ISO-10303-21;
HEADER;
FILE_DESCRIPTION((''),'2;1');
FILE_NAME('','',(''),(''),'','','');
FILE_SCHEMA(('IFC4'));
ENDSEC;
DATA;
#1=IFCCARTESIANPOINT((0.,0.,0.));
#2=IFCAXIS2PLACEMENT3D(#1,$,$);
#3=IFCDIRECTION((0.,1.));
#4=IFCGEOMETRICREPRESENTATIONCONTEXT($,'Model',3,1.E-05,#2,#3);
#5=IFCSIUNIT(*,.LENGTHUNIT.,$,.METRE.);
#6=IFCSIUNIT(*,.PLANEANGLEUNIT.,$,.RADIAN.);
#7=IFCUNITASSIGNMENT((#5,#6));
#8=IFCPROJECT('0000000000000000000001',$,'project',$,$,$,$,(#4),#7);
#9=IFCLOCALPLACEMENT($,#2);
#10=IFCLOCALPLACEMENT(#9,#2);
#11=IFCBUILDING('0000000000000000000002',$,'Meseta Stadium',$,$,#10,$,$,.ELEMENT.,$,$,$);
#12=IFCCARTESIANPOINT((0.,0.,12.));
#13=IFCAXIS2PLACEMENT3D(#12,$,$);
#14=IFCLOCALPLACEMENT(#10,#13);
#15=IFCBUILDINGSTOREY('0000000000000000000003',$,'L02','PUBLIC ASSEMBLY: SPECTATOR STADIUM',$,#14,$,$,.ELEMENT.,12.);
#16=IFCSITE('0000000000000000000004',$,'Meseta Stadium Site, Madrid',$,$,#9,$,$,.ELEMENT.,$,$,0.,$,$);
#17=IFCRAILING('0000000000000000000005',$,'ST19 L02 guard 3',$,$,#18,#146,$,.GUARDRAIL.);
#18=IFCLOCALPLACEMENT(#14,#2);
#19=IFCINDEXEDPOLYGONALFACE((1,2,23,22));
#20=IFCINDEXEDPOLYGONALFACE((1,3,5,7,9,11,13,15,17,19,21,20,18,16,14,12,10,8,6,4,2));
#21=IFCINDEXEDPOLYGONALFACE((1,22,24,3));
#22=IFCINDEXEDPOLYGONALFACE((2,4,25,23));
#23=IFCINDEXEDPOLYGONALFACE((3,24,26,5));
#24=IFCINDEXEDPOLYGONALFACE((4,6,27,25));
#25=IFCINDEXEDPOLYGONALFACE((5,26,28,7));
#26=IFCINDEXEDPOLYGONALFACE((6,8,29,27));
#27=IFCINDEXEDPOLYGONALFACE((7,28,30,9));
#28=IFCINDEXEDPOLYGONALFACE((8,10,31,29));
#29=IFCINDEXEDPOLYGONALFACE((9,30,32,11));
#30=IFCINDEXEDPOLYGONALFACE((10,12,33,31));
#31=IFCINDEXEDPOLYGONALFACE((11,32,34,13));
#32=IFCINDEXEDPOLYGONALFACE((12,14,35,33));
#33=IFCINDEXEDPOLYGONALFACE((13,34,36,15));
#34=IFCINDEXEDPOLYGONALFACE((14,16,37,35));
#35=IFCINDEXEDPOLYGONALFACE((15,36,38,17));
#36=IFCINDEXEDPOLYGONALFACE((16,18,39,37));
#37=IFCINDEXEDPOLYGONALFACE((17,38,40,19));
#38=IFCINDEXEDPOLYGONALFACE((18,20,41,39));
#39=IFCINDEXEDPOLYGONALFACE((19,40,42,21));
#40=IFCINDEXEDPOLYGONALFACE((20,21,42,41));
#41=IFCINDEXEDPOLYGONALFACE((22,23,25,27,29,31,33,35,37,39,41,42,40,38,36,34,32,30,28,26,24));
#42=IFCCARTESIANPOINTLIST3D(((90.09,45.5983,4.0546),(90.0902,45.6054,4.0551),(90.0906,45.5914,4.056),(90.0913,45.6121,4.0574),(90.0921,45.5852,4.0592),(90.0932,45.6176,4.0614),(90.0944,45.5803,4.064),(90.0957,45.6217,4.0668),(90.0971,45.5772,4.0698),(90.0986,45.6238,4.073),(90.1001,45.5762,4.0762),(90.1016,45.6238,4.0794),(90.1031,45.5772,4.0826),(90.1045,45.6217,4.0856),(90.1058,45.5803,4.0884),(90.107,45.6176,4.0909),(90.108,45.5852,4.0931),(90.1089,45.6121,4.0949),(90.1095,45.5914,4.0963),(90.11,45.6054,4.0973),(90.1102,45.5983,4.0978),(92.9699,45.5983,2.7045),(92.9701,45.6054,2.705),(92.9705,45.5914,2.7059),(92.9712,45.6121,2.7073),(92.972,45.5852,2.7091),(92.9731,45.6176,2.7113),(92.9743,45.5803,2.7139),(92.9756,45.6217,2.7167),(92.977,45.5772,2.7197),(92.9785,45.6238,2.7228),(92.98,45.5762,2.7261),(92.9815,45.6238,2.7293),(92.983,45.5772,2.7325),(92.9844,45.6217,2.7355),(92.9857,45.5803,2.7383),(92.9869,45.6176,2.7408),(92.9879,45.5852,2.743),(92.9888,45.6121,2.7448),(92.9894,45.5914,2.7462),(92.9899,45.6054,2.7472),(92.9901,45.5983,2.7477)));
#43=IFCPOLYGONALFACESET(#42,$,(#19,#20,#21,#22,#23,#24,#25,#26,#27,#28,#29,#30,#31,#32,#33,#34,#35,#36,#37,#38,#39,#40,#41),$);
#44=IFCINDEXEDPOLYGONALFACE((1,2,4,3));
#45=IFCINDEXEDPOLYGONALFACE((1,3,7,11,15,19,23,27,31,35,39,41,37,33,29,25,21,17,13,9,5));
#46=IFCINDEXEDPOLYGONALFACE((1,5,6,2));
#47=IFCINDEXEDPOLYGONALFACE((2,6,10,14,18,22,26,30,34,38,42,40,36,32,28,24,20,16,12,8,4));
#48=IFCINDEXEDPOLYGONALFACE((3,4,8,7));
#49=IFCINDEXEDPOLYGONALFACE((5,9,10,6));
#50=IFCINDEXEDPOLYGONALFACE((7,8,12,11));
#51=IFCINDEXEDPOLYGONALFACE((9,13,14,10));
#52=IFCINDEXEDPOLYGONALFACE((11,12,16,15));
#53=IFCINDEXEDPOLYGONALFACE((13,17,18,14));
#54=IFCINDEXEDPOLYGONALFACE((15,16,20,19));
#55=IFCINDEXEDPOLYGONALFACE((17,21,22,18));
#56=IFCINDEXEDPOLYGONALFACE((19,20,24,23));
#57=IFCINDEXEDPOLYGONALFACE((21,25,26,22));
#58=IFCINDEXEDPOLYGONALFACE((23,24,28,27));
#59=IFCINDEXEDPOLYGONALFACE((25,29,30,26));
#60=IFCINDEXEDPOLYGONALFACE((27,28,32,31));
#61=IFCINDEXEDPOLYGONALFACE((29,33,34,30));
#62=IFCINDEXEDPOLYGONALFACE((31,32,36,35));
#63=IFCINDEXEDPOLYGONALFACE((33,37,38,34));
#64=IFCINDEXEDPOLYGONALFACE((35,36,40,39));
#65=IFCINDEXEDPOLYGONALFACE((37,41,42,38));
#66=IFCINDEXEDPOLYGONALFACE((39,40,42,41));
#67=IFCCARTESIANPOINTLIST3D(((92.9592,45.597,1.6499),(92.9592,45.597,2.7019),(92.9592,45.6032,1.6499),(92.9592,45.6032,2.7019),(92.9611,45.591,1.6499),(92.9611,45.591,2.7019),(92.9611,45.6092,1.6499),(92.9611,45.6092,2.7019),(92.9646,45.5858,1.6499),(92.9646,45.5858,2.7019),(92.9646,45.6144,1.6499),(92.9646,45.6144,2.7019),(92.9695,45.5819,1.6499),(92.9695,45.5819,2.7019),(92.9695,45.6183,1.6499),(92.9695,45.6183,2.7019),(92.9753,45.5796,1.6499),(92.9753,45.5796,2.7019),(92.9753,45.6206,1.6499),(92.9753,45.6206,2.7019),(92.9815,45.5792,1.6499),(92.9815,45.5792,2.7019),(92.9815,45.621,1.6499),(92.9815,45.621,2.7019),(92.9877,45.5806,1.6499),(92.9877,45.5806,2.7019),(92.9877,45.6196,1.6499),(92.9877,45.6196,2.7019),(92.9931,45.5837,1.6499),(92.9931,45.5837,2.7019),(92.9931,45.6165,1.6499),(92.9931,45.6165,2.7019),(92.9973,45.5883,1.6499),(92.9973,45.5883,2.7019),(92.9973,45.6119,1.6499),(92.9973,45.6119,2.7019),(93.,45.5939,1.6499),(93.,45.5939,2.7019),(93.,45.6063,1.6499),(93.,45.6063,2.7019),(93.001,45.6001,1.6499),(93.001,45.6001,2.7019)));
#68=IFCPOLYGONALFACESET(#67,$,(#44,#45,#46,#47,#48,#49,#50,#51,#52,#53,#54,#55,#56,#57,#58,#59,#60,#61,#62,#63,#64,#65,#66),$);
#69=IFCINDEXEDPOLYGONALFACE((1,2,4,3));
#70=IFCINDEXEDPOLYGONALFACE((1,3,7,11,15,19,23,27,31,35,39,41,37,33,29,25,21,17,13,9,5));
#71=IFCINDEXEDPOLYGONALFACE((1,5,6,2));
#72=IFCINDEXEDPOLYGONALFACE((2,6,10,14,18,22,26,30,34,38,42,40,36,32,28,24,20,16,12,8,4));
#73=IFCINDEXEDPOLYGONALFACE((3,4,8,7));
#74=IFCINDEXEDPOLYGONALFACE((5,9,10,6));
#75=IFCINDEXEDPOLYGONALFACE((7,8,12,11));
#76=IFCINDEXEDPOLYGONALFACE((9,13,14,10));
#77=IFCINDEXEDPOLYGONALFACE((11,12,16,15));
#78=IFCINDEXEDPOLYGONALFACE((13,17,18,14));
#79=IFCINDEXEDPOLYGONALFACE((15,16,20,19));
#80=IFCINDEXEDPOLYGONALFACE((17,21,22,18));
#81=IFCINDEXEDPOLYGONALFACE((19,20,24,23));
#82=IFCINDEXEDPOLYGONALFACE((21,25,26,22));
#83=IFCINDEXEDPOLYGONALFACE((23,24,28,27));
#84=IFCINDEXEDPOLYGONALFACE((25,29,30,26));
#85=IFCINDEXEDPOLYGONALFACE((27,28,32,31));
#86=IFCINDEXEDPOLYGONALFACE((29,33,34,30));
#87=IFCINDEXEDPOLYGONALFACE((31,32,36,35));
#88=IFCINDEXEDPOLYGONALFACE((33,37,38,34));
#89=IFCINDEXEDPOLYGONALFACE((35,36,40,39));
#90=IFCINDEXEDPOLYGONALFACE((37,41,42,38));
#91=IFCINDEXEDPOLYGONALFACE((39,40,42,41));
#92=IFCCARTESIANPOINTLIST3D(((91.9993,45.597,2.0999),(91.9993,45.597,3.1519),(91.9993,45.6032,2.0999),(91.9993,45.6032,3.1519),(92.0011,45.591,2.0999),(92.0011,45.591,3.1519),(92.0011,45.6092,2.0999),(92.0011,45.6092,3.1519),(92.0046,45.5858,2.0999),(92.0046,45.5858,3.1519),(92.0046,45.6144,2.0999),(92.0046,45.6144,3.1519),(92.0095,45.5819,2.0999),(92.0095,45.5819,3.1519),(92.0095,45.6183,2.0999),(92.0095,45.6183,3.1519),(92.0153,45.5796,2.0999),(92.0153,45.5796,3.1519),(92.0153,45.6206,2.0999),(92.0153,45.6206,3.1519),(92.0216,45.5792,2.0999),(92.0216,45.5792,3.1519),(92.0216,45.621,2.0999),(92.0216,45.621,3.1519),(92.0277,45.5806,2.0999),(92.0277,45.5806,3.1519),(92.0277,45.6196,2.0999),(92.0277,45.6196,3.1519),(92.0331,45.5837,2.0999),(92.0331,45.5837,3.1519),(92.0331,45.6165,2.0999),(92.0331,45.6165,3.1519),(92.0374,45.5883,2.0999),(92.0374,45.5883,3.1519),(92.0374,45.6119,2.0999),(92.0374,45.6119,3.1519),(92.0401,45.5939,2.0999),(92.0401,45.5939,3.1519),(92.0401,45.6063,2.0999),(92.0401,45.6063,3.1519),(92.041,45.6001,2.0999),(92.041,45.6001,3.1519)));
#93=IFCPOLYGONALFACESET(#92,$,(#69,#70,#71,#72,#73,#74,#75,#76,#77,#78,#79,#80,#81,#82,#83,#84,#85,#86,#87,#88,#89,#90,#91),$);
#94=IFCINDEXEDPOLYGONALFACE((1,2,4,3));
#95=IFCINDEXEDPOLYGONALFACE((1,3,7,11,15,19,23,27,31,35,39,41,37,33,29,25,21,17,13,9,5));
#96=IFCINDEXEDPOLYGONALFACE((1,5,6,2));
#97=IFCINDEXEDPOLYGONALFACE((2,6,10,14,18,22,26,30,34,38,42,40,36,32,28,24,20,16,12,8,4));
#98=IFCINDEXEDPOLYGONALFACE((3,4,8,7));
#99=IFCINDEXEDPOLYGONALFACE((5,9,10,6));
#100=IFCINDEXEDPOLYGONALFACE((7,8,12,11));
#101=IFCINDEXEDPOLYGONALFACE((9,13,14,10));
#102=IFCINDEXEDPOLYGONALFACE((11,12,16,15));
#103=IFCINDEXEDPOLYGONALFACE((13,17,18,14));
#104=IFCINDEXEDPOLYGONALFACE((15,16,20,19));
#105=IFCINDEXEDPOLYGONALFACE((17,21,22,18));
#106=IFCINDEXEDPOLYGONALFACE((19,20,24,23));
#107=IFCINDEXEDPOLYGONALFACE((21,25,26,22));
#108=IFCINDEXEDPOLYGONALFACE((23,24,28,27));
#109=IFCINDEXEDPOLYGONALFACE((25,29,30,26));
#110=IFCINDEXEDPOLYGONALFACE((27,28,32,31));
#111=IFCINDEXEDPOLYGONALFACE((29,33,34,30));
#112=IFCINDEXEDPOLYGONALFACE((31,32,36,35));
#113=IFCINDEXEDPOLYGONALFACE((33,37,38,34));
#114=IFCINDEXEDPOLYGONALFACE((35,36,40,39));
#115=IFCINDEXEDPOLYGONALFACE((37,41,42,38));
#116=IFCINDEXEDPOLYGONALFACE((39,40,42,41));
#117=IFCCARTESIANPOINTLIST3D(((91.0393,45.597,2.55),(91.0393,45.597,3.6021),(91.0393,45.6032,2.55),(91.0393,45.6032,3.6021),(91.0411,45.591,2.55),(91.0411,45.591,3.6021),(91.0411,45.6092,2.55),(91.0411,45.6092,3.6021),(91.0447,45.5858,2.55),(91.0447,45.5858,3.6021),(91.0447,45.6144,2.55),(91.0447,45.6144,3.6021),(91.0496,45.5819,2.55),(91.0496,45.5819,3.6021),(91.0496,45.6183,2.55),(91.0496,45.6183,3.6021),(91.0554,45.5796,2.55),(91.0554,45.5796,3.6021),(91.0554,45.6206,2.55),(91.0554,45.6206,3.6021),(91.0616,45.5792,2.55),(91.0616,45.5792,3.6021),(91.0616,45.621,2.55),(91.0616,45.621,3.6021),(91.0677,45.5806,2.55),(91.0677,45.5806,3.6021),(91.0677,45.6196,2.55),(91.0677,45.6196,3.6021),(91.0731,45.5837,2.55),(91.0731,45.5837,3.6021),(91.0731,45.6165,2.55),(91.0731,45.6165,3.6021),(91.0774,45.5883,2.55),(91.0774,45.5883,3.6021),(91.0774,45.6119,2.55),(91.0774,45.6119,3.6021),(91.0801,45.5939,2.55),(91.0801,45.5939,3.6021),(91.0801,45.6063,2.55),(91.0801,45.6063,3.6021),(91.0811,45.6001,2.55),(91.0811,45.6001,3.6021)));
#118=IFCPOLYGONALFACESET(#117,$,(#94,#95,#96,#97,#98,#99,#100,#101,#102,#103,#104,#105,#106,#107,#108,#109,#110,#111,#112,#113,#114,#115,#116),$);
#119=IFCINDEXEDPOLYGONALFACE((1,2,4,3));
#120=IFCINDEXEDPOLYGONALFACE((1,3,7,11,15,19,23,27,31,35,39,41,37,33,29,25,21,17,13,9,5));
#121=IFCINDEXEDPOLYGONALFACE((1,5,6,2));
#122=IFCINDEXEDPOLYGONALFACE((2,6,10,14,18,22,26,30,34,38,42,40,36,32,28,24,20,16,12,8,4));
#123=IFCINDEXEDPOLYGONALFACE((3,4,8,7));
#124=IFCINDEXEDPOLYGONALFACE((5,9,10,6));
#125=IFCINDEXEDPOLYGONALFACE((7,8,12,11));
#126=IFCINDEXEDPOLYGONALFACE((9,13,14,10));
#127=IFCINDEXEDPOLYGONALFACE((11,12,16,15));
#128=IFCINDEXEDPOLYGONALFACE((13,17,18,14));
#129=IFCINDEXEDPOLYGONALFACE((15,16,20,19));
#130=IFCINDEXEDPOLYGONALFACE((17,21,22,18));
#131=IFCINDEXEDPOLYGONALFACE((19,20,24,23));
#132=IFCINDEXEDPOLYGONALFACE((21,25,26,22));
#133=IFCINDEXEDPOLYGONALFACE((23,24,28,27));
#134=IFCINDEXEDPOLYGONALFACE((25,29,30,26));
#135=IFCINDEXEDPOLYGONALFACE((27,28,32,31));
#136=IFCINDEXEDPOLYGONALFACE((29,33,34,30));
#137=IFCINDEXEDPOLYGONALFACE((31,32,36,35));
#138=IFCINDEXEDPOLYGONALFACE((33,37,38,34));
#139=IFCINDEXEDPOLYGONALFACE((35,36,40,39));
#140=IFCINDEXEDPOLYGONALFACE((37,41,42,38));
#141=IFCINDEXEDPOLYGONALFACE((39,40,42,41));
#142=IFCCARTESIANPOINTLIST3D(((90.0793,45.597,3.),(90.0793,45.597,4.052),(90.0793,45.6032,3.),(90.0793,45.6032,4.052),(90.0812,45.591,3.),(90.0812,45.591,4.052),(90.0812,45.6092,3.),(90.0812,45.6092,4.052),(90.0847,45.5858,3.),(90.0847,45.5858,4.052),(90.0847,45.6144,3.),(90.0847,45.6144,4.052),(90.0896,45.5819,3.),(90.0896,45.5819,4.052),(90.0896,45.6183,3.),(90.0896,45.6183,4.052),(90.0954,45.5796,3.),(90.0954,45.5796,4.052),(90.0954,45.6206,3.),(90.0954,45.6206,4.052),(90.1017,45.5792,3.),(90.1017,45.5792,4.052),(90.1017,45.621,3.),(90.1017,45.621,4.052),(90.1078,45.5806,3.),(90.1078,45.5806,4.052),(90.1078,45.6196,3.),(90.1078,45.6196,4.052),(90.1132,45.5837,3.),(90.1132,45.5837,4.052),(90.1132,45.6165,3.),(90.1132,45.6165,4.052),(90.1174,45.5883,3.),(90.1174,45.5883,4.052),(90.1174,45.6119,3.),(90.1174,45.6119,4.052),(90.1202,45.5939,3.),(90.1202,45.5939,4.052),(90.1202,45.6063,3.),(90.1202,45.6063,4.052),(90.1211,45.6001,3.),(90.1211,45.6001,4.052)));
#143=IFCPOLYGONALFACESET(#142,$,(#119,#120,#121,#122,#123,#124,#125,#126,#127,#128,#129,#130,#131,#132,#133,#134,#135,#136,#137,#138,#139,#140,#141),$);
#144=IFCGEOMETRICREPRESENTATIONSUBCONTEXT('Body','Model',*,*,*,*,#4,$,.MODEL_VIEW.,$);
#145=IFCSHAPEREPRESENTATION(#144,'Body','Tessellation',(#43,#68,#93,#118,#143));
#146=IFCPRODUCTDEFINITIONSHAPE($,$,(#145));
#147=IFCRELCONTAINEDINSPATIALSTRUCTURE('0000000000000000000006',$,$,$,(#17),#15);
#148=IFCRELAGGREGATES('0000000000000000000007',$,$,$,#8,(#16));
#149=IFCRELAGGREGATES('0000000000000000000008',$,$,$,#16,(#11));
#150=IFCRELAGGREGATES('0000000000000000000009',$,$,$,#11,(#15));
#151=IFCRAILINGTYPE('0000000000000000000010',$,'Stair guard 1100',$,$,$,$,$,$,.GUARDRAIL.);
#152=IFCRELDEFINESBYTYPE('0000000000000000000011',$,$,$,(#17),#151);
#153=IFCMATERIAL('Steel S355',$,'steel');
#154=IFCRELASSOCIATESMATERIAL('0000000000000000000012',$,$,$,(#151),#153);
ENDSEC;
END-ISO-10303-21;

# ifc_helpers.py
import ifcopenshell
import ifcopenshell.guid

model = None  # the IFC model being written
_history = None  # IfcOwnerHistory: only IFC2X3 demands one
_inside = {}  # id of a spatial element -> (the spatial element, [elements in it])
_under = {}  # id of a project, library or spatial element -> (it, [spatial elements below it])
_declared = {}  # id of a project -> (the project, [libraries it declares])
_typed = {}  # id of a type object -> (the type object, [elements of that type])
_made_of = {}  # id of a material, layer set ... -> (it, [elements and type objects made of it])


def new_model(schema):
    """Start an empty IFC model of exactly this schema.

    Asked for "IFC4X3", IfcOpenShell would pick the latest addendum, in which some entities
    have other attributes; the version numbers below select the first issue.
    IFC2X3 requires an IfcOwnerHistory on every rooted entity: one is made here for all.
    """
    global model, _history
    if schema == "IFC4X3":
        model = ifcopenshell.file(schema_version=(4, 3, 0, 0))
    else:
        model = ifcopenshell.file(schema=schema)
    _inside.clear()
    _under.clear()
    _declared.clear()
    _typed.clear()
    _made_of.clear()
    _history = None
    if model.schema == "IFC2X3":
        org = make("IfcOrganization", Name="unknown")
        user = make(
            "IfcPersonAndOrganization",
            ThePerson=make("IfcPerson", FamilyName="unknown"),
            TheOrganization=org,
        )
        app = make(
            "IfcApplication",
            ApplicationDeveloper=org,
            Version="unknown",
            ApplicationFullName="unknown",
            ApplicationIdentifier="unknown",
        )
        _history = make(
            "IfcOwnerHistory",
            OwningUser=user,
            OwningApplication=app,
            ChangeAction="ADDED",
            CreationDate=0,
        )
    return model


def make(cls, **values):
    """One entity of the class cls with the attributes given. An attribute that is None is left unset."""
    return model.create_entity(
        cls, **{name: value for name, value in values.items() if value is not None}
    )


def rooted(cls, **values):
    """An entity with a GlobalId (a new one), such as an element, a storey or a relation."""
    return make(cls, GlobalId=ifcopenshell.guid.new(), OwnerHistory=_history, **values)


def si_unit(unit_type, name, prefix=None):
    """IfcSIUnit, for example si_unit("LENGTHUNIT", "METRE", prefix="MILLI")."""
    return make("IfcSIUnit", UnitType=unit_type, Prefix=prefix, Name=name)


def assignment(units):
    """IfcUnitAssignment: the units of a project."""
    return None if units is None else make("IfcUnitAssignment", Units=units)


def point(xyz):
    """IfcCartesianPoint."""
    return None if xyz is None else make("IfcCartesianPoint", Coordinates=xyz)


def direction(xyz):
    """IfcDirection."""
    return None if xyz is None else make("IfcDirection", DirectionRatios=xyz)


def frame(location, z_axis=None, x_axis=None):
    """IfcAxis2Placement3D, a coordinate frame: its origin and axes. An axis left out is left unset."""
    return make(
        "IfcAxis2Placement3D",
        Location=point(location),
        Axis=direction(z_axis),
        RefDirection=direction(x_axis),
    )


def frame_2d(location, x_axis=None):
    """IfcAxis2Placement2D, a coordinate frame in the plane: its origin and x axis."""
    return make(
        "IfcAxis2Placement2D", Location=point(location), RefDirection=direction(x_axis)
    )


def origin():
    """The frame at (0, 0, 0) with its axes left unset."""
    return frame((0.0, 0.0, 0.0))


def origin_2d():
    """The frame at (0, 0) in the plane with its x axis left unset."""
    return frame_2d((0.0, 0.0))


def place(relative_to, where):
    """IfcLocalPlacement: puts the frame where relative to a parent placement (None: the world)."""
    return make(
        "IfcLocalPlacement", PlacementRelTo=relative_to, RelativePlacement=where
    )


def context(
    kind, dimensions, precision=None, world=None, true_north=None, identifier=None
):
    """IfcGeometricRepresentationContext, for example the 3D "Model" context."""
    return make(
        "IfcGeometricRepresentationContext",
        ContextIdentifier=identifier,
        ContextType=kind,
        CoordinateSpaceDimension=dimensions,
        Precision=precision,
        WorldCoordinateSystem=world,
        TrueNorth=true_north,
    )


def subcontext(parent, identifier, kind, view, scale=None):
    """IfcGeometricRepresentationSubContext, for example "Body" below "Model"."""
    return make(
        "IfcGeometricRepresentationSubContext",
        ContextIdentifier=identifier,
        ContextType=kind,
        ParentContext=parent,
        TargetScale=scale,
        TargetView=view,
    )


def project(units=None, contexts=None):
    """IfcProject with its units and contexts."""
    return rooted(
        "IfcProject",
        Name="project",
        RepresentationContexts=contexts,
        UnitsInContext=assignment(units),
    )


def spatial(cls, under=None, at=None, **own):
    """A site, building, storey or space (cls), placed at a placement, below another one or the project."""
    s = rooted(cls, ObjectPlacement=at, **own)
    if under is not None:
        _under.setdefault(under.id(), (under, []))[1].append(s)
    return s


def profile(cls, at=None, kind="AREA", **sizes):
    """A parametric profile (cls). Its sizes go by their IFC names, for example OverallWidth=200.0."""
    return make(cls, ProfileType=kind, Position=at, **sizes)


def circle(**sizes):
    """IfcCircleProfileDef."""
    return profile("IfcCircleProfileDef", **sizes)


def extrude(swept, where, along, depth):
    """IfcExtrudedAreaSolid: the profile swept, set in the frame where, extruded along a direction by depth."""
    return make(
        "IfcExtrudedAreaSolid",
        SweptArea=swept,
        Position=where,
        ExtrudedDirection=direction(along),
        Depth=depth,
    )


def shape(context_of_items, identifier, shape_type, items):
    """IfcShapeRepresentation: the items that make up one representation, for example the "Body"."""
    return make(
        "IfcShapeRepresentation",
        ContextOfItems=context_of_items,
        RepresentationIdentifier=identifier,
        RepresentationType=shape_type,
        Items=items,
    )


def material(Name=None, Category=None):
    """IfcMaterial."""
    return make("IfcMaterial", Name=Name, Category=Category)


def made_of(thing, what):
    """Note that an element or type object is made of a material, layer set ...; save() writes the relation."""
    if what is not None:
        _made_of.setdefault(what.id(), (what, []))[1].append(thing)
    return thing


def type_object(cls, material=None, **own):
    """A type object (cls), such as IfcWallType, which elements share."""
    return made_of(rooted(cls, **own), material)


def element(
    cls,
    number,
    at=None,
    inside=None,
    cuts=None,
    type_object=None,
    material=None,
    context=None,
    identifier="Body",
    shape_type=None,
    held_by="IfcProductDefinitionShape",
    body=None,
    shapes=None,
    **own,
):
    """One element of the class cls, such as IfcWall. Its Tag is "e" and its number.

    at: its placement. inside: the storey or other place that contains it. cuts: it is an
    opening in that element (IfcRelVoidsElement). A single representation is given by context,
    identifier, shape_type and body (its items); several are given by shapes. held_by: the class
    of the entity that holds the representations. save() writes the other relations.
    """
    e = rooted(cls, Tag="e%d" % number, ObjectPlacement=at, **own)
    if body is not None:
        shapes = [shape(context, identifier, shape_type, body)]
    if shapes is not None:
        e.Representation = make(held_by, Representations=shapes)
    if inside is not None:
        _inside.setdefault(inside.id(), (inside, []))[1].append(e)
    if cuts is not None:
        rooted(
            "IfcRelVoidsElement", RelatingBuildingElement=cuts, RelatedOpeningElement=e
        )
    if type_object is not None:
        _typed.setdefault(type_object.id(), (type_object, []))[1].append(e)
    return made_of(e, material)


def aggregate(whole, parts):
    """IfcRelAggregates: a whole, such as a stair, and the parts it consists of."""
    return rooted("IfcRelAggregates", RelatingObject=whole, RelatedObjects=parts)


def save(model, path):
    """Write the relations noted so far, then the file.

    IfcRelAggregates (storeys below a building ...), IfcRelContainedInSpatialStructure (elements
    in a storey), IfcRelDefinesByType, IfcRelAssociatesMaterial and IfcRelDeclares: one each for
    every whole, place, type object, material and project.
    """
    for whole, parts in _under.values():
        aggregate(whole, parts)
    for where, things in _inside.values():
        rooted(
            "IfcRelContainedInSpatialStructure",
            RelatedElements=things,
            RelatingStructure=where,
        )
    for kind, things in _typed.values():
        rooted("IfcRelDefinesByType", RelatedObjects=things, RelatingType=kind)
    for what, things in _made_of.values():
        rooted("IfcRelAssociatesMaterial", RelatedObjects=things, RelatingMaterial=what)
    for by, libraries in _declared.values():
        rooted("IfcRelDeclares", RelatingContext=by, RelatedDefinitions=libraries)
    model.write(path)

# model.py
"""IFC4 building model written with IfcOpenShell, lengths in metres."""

from ifc_helpers import new_model, si_unit, direction, frame, origin, origin_2d, place, context, subcontext, project, spatial, circle, extrude, material, type_object, element, save


model = new_model("IFC4")

# Units and contexts
model_context = context("Model", 3, precision=1e-05, world=origin(), true_north=direction((0.0, 1.0)))
body_context = subcontext(model_context, "Body", "Model", "MODEL_VIEW")
ifc_project = project(units=[si_unit("LENGTHUNIT", "METRE"), si_unit("PLANEANGLEUNIT", "RADIAN")], contexts=[model_context])

# Site, building, storey
site_placement = place(None, origin())
site = spatial("IfcSite", under=ifc_project, at=site_placement, Name="Meseta Stadium Site, Madrid", CompositionType="ELEMENT", RefElevation=0.0)
building_placement = place(site_placement, origin())
building = spatial("IfcBuilding", under=site, at=building_placement, Name="Meseta Stadium", CompositionType="ELEMENT")
storey_placement = place(building_placement, frame((0.0, 0.0, 12.0)))
storey = spatial("IfcBuildingStorey", under=building, at=storey_placement, Name="L02", Description="PUBLIC ASSEMBLY: SPECTATOR STADIUM", CompositionType="ELEMENT", Elevation=12.0)

# Railing
ifc_material_1 = material(Name="Steel S355", Category="steel")
railing_type_1 = type_object("IfcRailingType", Name="Stair guard 1100", PredefinedType="GUARDRAIL", material=ifc_material_1)
railing_1_placement = place(storey_placement, frame((92.98, 45.6001, 1.6499)))
element("IfcRailing", 1, at=railing_1_placement, inside=storey, type_object=railing_type_1, Name="ST19 L02 guard 3", PredefinedType="GUARDRAIL", context=body_context, shape_type="SweptSolid", body=[
    extrude(circle(Radius=0.0239, at=origin_2d()), frame((0.0, 0.0, 1.0762), z_axis=(-0.90544, 0.0, 0.424473), x_axis=(0.0, -1.0, 0.0)), (0.0, 0.0, 1.0), 3.1807),
    extrude(circle(Radius=0.021, at=origin_2d()), origin(), (0.0, 0.0, 1.0), 1.052),
    extrude(circle(Radius=0.021, at=origin_2d()), frame((-0.96, 0.0, 0.45)), (0.0, 0.0, 1.0), 1.052),
    extrude(circle(Radius=0.021, at=origin_2d()), frame((-1.9199, 0.0, 0.9001)), (0.0, 0.0, 1.0), 1.052),
    extrude(circle(Radius=0.021, at=origin_2d()), frame((-2.8799, 0.0, 1.3501)), (0.0, 0.0, 1.0), 1.052),
])

save(model, "model.ifc")
